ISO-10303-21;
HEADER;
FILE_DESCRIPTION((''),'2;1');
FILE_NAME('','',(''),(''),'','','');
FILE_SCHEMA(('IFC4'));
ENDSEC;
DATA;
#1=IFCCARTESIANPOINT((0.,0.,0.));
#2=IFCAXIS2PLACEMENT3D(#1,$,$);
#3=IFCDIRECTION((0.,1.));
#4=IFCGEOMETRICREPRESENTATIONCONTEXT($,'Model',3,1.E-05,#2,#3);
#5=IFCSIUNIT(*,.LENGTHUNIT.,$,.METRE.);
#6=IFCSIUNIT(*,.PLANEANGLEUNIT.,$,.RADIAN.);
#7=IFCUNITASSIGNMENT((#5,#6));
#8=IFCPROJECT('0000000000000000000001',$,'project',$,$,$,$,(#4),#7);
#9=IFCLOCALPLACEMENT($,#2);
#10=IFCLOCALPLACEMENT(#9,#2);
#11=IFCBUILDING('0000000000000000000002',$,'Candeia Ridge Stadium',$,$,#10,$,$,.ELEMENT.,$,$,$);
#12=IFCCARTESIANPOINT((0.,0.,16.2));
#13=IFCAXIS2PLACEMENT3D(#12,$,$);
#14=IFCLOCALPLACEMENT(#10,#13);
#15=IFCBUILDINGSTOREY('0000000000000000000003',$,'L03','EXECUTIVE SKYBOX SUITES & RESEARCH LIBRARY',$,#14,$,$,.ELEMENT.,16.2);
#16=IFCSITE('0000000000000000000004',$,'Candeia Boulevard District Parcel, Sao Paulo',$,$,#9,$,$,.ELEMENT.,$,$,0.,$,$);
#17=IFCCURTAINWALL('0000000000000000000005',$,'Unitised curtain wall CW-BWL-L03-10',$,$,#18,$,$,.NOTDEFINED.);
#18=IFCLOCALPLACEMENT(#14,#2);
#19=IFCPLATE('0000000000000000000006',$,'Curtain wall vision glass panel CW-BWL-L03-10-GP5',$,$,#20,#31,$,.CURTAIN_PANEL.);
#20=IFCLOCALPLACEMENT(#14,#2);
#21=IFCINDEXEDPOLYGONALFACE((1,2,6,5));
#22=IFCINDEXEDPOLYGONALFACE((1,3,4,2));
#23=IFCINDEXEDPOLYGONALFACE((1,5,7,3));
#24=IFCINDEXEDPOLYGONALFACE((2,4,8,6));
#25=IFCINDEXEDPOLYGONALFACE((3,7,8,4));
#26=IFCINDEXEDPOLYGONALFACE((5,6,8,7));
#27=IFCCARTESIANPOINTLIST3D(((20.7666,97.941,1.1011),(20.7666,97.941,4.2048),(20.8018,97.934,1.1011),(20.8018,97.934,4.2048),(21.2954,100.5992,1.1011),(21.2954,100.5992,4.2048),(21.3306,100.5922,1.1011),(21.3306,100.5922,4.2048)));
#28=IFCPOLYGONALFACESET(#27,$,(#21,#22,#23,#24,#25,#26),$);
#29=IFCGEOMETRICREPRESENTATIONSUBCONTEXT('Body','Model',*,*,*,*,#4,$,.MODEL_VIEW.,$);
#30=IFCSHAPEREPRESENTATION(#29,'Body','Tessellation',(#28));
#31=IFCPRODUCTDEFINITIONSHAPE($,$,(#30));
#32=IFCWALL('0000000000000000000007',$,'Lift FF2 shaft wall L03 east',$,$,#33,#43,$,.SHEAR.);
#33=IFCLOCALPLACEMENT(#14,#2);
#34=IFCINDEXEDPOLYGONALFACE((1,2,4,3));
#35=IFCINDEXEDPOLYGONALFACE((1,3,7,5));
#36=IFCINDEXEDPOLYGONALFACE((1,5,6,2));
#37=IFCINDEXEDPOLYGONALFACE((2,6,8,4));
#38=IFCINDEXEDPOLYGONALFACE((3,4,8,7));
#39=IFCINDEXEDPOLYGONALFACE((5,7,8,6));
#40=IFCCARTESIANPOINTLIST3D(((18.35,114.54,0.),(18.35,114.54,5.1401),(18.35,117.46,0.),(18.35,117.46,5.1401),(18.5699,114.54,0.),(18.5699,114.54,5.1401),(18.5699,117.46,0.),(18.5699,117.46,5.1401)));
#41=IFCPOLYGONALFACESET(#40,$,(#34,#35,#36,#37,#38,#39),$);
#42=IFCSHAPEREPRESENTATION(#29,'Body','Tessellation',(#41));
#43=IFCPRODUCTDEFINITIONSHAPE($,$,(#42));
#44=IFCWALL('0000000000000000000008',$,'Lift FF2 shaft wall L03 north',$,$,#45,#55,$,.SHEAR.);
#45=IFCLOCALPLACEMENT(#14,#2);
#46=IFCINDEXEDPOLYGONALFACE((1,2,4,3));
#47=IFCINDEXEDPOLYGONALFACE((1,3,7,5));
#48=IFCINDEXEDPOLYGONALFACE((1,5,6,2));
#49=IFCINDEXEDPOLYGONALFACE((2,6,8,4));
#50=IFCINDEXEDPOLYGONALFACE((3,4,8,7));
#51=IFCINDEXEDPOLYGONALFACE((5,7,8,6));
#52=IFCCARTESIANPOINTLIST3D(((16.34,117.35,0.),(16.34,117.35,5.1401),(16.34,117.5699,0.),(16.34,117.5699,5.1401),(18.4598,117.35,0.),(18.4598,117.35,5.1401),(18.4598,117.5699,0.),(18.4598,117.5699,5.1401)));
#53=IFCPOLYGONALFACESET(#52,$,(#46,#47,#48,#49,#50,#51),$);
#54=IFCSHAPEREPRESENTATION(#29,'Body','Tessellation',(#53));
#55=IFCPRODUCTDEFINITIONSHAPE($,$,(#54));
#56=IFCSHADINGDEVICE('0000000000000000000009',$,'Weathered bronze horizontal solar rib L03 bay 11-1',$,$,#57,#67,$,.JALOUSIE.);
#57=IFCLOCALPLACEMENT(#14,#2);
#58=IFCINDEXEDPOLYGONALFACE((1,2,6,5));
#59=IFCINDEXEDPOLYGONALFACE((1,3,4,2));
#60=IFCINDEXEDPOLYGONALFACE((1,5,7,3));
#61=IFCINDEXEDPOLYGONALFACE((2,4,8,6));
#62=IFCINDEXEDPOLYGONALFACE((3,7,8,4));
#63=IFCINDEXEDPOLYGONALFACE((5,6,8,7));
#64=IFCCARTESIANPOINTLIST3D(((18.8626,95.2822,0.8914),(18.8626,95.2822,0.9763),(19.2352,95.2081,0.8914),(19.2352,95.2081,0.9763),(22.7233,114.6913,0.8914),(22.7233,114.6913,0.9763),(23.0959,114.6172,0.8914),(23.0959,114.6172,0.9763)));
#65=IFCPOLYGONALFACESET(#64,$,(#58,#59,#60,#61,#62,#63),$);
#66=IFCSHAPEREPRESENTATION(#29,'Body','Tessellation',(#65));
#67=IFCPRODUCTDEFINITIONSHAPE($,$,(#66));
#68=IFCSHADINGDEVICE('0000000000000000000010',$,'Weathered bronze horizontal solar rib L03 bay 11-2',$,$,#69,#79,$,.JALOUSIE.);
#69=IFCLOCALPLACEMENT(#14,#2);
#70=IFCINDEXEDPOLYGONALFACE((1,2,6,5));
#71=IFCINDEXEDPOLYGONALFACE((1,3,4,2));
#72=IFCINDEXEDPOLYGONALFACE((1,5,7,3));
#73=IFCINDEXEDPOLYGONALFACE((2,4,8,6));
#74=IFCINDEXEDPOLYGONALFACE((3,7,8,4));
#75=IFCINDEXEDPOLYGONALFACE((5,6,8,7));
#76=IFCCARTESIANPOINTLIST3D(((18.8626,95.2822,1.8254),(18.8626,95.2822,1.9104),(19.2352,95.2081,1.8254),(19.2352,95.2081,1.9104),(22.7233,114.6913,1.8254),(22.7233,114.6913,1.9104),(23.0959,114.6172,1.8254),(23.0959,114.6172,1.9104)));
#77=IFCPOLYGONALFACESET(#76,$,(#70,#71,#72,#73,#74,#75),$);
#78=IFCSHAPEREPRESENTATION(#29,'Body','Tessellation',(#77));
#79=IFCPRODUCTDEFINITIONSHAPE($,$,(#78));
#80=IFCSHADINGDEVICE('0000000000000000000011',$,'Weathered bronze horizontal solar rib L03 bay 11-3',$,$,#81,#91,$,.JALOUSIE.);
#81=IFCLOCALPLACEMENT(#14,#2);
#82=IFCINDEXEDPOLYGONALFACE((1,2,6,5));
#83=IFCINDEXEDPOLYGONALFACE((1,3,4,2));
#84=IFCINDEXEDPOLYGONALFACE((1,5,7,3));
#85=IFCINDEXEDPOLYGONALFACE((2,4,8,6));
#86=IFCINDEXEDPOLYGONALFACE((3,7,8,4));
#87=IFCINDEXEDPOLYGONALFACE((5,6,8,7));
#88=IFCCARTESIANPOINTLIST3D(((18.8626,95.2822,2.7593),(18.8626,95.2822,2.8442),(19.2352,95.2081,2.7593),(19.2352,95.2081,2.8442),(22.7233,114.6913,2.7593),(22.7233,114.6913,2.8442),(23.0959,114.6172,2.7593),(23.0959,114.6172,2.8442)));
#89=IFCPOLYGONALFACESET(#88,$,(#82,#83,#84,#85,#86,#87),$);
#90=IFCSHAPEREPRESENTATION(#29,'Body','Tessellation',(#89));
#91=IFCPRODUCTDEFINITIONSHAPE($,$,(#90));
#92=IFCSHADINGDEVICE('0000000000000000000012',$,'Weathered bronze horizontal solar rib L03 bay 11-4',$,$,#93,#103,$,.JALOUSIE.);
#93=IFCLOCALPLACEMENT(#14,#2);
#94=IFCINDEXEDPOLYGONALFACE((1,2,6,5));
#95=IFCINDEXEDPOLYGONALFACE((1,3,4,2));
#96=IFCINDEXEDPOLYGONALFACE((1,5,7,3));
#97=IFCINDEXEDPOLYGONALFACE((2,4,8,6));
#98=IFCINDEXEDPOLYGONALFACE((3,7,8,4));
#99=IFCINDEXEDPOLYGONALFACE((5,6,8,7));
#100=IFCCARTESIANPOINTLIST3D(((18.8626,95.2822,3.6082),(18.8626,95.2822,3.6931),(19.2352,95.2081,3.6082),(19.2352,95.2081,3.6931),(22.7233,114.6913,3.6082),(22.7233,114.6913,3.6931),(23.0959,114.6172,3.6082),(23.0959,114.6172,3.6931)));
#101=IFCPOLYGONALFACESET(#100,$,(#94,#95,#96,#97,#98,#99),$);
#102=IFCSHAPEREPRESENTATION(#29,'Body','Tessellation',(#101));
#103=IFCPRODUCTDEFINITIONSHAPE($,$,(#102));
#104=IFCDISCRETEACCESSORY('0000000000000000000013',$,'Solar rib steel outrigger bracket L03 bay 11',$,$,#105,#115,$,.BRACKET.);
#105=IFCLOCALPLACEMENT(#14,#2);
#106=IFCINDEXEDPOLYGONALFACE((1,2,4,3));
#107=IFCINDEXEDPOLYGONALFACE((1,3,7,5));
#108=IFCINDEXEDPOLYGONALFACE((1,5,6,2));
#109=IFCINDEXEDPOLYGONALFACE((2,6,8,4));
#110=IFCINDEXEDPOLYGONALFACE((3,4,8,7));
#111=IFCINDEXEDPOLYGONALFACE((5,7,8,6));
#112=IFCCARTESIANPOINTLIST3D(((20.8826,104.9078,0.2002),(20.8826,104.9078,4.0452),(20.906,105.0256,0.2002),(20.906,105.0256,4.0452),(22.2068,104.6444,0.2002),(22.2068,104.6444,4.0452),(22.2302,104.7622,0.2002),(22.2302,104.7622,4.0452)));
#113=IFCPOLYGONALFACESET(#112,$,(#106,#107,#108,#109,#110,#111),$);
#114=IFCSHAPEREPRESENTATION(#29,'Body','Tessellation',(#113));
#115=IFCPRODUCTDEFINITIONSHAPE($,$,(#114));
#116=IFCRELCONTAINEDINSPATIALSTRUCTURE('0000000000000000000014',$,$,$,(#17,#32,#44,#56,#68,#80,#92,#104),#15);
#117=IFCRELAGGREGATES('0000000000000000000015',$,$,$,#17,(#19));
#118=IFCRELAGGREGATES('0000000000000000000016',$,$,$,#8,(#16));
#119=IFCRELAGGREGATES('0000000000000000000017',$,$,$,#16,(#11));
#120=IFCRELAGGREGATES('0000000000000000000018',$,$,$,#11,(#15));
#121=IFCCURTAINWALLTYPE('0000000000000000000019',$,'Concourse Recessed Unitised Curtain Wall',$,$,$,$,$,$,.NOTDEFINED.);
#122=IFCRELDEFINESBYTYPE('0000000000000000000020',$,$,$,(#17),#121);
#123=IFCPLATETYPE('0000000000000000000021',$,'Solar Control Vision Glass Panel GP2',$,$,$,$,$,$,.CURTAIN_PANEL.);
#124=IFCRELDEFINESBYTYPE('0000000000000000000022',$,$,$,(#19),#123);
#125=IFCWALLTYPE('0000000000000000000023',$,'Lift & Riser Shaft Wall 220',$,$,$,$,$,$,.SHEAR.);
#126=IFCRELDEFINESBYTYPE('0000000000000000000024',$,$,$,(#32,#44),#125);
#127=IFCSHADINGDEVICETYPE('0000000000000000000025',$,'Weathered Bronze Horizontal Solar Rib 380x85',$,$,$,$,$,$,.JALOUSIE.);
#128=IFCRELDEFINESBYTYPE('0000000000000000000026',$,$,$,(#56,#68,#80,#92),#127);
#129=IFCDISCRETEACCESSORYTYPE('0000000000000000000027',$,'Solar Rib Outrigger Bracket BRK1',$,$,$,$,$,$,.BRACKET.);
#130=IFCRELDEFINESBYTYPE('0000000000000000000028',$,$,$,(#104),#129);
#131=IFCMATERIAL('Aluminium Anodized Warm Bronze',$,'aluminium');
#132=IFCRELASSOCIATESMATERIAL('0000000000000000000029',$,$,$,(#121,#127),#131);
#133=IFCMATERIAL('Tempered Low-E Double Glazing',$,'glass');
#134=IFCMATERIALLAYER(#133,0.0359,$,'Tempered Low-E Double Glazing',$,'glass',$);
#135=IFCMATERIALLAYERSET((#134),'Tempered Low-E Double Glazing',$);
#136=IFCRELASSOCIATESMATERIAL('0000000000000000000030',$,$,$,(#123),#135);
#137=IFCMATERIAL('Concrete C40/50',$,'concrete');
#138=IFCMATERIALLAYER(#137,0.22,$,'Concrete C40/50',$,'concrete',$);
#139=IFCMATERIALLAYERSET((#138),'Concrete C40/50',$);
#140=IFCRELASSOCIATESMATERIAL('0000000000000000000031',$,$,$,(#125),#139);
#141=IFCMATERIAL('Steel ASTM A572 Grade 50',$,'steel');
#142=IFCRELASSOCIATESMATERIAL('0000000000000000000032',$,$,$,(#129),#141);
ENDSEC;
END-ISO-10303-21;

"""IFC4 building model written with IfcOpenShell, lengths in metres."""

from ifc_helpers import new_model, si_unit, direction, frame, frame_2d, origin, origin_2d, place, context, subcontext, project, spatial, rectangle, extrude, material, layer, layer_set, type_object, element, aggregate, save


model = new_model("IFC4")

# Units and contexts
model_context = context("Model", 3, precision=1e-05, world=origin(), true_north=direction((0.0, 1.0)))
body_context = subcontext(model_context, "Body", "Model", "MODEL_VIEW")
ifc_project = project(units=[si_unit("LENGTHUNIT", "METRE"), si_unit("PLANEANGLEUNIT", "RADIAN")], contexts=[model_context])

# Site, building, storey
site_placement = place(None, origin())
site = spatial("IfcSite", under=ifc_project, at=site_placement, Name="Candeia Boulevard District Parcel, Sao Paulo", CompositionType="ELEMENT", RefElevation=0.0)
building_placement = place(site_placement, origin())
building = spatial("IfcBuilding", under=site, at=building_placement, Name="Candeia Ridge Stadium", CompositionType="ELEMENT")
storey_placement = place(building_placement, frame((0.0, 0.0, 16.2)))
storey = spatial("IfcBuildingStorey", under=building, at=storey_placement, Name="L03", Description="EXECUTIVE SKYBOX SUITES & RESEARCH LIBRARY", CompositionType="ELEMENT", Elevation=16.2)

# Shared definitions
ifc_material_1 = material(Name="Concrete C40/50", Category="concrete")

# Curtain wall
ifc_material_2 = material(Name="Aluminium Anodized Warm Bronze", Category="aluminium")
curtain_wall_type = type_object("IfcCurtainWallType", Name="Concourse Recessed Unitised Curtain Wall", PredefinedType="NOTDEFINED", material=ifc_material_2)
curtain_wall_placement = place(storey_placement, origin())
curtain_wall = element("IfcCurtainWall", 1, at=curtain_wall_placement, inside=storey, type_object=curtain_wall_type, Name="Unitised curtain wall CW-BWL-L03-10", PredefinedType="NOTDEFINED")

# Plate
ifc_material_3 = material(Name="Tempered Low-E Double Glazing", Category="glass")
ifc_layer_1 = layer(ifc_material_3, 0.0359, Name="Tempered Low-E Double Glazing", Category="glass")
ifc_layer_set_1 = layer_set([ifc_layer_1], Name="Tempered Low-E Double Glazing")
plate_type_1 = type_object("IfcPlateType", Name="Solar Control Vision Glass Panel GP2", PredefinedType="CURTAIN_PANEL", material=ifc_layer_set_1)
plate_1_placement = place(storey_placement, frame((21.0486, 99.2666, 1.1011), z_axis=(0.0, 0.0, 1.0), x_axis=(-0.19509, -0.980785, 0.0)))
plate_1 = element("IfcPlate", 2, at=plate_1_placement, type_object=plate_type_1, Name="Curtain wall vision glass panel CW-BWL-L03-10-GP5", PredefinedType="CURTAIN_PANEL", context=body_context, shape_type="SweptSolid", body=[
    extrude(rectangle(XDim=2.7102, YDim=0.0359, at=origin_2d()), origin(), (0.0, 0.0, 1.0), 3.1038),
])
aggregate(curtain_wall, [plate_1])

# Walls
ifc_layer_2 = layer(ifc_material_1, 0.22, Name="Concrete C40/50", Category="concrete")
ifc_layer_set_2 = layer_set([ifc_layer_2], Name="Concrete C40/50")
wall_type = type_object("IfcWallType", Name="Lift & Riser Shaft Wall 220", PredefinedType="SHEAR", material=ifc_layer_set_2)
wall_1_placement = place(storey_placement, frame((18.46, 114.54, 0.0), z_axis=(0.0, 0.0, 1.0), x_axis=(0.0, 1.0, 0.0)))
element("IfcWall", 3, at=wall_1_placement, inside=storey, type_object=wall_type, Name="Lift FF2 shaft wall L03 east", PredefinedType="SHEAR", context=body_context, shape_type="SweptSolid", body=[
    extrude(rectangle(XDim=2.9199, YDim=0.22, at=frame_2d((1.46, 0.0))), origin(), (0.0, 0.0, 1.0), 5.1401),
])
wall_2_placement = place(storey_placement, frame((18.46, 117.46, 0.0), z_axis=(0.0, 0.0, 1.0), x_axis=(-1.0, 0.0, 0.0)))
element("IfcWall", 4, at=wall_2_placement, inside=storey, type_object=wall_type, Name="Lift FF2 shaft wall L03 north", PredefinedType="SHEAR", context=body_context, shape_type="SweptSolid", body=[
    extrude(rectangle(XDim=2.1199, YDim=0.22, at=frame_2d((1.0601, 0.0))), origin(), (0.0, 0.0, 1.0), 5.1401),
])

# Shading devices
shading_device_type = type_object("IfcShadingDeviceType", Name="Weathered Bronze Horizontal Solar Rib 380x85", PredefinedType="JALOUSIE", material=ifc_material_2)
for number, where, z_axis, x_axis, name in (
    (5, (20.9792, 104.9497, 0.8914), (0.0, 0.0, 1.0), (-0.19509, -0.980785, 0.0), "Weathered bronze horizontal solar rib L03 bay 11-1"),
    (6, (20.9792, 104.9497, 1.8254), (0.0, 0.0, 1.0), (-0.19509, -0.980785, 0.0), "Weathered bronze horizontal solar rib L03 bay 11-2"),
    (7, (20.9792, 104.9497, 2.7593), (0.0, 0.0, 1.0), (-0.19509, -0.980785, 0.0), "Weathered bronze horizontal solar rib L03 bay 11-3"),
    (8, (20.9792, 104.9497, 3.6082), (0.0, 0.0, 1.0), (-0.19509, -0.980785, 0.0), "Weathered bronze horizontal solar rib L03 bay 11-4"),
):
    element("IfcShadingDevice", number, at=place(storey_placement, frame(where, z_axis=z_axis, x_axis=x_axis)), inside=storey, type_object=shading_device_type, Name=name, PredefinedType="JALOUSIE", context=body_context, shape_type="SweptSolid", body=[
        extrude(rectangle(XDim=19.7893, YDim=0.3799, at=origin_2d()), origin(), (0.0, 0.0, 1.0), 0.085),
    ])

# Discrete accessory
ifc_material_4 = material(Name="Steel ASTM A572 Grade 50", Category="steel")
discrete_accessory_type = type_object("IfcDiscreteAccessoryType", Name="Solar Rib Outrigger Bracket BRK1", PredefinedType="BRACKET", material=ifc_material_4)
discrete_accessory_placement = place(storey_placement, frame((21.5564, 104.835, 0.2002), z_axis=(0.0, 0.0, 1.0), x_axis=(-0.980785, 0.19509, 0.0)))
element("IfcDiscreteAccessory", 9, at=discrete_accessory_placement, inside=storey, type_object=discrete_accessory_type, Name="Solar rib steel outrigger bracket L03 bay 11", PredefinedType="BRACKET", context=body_context, shape_type="SweptSolid", body=[
    extrude(rectangle(XDim=1.3501, YDim=0.1201, at=origin_2d()), origin(), (0.0, 0.0, 1.0), 3.845),
])

save(model, "model.ifc")
